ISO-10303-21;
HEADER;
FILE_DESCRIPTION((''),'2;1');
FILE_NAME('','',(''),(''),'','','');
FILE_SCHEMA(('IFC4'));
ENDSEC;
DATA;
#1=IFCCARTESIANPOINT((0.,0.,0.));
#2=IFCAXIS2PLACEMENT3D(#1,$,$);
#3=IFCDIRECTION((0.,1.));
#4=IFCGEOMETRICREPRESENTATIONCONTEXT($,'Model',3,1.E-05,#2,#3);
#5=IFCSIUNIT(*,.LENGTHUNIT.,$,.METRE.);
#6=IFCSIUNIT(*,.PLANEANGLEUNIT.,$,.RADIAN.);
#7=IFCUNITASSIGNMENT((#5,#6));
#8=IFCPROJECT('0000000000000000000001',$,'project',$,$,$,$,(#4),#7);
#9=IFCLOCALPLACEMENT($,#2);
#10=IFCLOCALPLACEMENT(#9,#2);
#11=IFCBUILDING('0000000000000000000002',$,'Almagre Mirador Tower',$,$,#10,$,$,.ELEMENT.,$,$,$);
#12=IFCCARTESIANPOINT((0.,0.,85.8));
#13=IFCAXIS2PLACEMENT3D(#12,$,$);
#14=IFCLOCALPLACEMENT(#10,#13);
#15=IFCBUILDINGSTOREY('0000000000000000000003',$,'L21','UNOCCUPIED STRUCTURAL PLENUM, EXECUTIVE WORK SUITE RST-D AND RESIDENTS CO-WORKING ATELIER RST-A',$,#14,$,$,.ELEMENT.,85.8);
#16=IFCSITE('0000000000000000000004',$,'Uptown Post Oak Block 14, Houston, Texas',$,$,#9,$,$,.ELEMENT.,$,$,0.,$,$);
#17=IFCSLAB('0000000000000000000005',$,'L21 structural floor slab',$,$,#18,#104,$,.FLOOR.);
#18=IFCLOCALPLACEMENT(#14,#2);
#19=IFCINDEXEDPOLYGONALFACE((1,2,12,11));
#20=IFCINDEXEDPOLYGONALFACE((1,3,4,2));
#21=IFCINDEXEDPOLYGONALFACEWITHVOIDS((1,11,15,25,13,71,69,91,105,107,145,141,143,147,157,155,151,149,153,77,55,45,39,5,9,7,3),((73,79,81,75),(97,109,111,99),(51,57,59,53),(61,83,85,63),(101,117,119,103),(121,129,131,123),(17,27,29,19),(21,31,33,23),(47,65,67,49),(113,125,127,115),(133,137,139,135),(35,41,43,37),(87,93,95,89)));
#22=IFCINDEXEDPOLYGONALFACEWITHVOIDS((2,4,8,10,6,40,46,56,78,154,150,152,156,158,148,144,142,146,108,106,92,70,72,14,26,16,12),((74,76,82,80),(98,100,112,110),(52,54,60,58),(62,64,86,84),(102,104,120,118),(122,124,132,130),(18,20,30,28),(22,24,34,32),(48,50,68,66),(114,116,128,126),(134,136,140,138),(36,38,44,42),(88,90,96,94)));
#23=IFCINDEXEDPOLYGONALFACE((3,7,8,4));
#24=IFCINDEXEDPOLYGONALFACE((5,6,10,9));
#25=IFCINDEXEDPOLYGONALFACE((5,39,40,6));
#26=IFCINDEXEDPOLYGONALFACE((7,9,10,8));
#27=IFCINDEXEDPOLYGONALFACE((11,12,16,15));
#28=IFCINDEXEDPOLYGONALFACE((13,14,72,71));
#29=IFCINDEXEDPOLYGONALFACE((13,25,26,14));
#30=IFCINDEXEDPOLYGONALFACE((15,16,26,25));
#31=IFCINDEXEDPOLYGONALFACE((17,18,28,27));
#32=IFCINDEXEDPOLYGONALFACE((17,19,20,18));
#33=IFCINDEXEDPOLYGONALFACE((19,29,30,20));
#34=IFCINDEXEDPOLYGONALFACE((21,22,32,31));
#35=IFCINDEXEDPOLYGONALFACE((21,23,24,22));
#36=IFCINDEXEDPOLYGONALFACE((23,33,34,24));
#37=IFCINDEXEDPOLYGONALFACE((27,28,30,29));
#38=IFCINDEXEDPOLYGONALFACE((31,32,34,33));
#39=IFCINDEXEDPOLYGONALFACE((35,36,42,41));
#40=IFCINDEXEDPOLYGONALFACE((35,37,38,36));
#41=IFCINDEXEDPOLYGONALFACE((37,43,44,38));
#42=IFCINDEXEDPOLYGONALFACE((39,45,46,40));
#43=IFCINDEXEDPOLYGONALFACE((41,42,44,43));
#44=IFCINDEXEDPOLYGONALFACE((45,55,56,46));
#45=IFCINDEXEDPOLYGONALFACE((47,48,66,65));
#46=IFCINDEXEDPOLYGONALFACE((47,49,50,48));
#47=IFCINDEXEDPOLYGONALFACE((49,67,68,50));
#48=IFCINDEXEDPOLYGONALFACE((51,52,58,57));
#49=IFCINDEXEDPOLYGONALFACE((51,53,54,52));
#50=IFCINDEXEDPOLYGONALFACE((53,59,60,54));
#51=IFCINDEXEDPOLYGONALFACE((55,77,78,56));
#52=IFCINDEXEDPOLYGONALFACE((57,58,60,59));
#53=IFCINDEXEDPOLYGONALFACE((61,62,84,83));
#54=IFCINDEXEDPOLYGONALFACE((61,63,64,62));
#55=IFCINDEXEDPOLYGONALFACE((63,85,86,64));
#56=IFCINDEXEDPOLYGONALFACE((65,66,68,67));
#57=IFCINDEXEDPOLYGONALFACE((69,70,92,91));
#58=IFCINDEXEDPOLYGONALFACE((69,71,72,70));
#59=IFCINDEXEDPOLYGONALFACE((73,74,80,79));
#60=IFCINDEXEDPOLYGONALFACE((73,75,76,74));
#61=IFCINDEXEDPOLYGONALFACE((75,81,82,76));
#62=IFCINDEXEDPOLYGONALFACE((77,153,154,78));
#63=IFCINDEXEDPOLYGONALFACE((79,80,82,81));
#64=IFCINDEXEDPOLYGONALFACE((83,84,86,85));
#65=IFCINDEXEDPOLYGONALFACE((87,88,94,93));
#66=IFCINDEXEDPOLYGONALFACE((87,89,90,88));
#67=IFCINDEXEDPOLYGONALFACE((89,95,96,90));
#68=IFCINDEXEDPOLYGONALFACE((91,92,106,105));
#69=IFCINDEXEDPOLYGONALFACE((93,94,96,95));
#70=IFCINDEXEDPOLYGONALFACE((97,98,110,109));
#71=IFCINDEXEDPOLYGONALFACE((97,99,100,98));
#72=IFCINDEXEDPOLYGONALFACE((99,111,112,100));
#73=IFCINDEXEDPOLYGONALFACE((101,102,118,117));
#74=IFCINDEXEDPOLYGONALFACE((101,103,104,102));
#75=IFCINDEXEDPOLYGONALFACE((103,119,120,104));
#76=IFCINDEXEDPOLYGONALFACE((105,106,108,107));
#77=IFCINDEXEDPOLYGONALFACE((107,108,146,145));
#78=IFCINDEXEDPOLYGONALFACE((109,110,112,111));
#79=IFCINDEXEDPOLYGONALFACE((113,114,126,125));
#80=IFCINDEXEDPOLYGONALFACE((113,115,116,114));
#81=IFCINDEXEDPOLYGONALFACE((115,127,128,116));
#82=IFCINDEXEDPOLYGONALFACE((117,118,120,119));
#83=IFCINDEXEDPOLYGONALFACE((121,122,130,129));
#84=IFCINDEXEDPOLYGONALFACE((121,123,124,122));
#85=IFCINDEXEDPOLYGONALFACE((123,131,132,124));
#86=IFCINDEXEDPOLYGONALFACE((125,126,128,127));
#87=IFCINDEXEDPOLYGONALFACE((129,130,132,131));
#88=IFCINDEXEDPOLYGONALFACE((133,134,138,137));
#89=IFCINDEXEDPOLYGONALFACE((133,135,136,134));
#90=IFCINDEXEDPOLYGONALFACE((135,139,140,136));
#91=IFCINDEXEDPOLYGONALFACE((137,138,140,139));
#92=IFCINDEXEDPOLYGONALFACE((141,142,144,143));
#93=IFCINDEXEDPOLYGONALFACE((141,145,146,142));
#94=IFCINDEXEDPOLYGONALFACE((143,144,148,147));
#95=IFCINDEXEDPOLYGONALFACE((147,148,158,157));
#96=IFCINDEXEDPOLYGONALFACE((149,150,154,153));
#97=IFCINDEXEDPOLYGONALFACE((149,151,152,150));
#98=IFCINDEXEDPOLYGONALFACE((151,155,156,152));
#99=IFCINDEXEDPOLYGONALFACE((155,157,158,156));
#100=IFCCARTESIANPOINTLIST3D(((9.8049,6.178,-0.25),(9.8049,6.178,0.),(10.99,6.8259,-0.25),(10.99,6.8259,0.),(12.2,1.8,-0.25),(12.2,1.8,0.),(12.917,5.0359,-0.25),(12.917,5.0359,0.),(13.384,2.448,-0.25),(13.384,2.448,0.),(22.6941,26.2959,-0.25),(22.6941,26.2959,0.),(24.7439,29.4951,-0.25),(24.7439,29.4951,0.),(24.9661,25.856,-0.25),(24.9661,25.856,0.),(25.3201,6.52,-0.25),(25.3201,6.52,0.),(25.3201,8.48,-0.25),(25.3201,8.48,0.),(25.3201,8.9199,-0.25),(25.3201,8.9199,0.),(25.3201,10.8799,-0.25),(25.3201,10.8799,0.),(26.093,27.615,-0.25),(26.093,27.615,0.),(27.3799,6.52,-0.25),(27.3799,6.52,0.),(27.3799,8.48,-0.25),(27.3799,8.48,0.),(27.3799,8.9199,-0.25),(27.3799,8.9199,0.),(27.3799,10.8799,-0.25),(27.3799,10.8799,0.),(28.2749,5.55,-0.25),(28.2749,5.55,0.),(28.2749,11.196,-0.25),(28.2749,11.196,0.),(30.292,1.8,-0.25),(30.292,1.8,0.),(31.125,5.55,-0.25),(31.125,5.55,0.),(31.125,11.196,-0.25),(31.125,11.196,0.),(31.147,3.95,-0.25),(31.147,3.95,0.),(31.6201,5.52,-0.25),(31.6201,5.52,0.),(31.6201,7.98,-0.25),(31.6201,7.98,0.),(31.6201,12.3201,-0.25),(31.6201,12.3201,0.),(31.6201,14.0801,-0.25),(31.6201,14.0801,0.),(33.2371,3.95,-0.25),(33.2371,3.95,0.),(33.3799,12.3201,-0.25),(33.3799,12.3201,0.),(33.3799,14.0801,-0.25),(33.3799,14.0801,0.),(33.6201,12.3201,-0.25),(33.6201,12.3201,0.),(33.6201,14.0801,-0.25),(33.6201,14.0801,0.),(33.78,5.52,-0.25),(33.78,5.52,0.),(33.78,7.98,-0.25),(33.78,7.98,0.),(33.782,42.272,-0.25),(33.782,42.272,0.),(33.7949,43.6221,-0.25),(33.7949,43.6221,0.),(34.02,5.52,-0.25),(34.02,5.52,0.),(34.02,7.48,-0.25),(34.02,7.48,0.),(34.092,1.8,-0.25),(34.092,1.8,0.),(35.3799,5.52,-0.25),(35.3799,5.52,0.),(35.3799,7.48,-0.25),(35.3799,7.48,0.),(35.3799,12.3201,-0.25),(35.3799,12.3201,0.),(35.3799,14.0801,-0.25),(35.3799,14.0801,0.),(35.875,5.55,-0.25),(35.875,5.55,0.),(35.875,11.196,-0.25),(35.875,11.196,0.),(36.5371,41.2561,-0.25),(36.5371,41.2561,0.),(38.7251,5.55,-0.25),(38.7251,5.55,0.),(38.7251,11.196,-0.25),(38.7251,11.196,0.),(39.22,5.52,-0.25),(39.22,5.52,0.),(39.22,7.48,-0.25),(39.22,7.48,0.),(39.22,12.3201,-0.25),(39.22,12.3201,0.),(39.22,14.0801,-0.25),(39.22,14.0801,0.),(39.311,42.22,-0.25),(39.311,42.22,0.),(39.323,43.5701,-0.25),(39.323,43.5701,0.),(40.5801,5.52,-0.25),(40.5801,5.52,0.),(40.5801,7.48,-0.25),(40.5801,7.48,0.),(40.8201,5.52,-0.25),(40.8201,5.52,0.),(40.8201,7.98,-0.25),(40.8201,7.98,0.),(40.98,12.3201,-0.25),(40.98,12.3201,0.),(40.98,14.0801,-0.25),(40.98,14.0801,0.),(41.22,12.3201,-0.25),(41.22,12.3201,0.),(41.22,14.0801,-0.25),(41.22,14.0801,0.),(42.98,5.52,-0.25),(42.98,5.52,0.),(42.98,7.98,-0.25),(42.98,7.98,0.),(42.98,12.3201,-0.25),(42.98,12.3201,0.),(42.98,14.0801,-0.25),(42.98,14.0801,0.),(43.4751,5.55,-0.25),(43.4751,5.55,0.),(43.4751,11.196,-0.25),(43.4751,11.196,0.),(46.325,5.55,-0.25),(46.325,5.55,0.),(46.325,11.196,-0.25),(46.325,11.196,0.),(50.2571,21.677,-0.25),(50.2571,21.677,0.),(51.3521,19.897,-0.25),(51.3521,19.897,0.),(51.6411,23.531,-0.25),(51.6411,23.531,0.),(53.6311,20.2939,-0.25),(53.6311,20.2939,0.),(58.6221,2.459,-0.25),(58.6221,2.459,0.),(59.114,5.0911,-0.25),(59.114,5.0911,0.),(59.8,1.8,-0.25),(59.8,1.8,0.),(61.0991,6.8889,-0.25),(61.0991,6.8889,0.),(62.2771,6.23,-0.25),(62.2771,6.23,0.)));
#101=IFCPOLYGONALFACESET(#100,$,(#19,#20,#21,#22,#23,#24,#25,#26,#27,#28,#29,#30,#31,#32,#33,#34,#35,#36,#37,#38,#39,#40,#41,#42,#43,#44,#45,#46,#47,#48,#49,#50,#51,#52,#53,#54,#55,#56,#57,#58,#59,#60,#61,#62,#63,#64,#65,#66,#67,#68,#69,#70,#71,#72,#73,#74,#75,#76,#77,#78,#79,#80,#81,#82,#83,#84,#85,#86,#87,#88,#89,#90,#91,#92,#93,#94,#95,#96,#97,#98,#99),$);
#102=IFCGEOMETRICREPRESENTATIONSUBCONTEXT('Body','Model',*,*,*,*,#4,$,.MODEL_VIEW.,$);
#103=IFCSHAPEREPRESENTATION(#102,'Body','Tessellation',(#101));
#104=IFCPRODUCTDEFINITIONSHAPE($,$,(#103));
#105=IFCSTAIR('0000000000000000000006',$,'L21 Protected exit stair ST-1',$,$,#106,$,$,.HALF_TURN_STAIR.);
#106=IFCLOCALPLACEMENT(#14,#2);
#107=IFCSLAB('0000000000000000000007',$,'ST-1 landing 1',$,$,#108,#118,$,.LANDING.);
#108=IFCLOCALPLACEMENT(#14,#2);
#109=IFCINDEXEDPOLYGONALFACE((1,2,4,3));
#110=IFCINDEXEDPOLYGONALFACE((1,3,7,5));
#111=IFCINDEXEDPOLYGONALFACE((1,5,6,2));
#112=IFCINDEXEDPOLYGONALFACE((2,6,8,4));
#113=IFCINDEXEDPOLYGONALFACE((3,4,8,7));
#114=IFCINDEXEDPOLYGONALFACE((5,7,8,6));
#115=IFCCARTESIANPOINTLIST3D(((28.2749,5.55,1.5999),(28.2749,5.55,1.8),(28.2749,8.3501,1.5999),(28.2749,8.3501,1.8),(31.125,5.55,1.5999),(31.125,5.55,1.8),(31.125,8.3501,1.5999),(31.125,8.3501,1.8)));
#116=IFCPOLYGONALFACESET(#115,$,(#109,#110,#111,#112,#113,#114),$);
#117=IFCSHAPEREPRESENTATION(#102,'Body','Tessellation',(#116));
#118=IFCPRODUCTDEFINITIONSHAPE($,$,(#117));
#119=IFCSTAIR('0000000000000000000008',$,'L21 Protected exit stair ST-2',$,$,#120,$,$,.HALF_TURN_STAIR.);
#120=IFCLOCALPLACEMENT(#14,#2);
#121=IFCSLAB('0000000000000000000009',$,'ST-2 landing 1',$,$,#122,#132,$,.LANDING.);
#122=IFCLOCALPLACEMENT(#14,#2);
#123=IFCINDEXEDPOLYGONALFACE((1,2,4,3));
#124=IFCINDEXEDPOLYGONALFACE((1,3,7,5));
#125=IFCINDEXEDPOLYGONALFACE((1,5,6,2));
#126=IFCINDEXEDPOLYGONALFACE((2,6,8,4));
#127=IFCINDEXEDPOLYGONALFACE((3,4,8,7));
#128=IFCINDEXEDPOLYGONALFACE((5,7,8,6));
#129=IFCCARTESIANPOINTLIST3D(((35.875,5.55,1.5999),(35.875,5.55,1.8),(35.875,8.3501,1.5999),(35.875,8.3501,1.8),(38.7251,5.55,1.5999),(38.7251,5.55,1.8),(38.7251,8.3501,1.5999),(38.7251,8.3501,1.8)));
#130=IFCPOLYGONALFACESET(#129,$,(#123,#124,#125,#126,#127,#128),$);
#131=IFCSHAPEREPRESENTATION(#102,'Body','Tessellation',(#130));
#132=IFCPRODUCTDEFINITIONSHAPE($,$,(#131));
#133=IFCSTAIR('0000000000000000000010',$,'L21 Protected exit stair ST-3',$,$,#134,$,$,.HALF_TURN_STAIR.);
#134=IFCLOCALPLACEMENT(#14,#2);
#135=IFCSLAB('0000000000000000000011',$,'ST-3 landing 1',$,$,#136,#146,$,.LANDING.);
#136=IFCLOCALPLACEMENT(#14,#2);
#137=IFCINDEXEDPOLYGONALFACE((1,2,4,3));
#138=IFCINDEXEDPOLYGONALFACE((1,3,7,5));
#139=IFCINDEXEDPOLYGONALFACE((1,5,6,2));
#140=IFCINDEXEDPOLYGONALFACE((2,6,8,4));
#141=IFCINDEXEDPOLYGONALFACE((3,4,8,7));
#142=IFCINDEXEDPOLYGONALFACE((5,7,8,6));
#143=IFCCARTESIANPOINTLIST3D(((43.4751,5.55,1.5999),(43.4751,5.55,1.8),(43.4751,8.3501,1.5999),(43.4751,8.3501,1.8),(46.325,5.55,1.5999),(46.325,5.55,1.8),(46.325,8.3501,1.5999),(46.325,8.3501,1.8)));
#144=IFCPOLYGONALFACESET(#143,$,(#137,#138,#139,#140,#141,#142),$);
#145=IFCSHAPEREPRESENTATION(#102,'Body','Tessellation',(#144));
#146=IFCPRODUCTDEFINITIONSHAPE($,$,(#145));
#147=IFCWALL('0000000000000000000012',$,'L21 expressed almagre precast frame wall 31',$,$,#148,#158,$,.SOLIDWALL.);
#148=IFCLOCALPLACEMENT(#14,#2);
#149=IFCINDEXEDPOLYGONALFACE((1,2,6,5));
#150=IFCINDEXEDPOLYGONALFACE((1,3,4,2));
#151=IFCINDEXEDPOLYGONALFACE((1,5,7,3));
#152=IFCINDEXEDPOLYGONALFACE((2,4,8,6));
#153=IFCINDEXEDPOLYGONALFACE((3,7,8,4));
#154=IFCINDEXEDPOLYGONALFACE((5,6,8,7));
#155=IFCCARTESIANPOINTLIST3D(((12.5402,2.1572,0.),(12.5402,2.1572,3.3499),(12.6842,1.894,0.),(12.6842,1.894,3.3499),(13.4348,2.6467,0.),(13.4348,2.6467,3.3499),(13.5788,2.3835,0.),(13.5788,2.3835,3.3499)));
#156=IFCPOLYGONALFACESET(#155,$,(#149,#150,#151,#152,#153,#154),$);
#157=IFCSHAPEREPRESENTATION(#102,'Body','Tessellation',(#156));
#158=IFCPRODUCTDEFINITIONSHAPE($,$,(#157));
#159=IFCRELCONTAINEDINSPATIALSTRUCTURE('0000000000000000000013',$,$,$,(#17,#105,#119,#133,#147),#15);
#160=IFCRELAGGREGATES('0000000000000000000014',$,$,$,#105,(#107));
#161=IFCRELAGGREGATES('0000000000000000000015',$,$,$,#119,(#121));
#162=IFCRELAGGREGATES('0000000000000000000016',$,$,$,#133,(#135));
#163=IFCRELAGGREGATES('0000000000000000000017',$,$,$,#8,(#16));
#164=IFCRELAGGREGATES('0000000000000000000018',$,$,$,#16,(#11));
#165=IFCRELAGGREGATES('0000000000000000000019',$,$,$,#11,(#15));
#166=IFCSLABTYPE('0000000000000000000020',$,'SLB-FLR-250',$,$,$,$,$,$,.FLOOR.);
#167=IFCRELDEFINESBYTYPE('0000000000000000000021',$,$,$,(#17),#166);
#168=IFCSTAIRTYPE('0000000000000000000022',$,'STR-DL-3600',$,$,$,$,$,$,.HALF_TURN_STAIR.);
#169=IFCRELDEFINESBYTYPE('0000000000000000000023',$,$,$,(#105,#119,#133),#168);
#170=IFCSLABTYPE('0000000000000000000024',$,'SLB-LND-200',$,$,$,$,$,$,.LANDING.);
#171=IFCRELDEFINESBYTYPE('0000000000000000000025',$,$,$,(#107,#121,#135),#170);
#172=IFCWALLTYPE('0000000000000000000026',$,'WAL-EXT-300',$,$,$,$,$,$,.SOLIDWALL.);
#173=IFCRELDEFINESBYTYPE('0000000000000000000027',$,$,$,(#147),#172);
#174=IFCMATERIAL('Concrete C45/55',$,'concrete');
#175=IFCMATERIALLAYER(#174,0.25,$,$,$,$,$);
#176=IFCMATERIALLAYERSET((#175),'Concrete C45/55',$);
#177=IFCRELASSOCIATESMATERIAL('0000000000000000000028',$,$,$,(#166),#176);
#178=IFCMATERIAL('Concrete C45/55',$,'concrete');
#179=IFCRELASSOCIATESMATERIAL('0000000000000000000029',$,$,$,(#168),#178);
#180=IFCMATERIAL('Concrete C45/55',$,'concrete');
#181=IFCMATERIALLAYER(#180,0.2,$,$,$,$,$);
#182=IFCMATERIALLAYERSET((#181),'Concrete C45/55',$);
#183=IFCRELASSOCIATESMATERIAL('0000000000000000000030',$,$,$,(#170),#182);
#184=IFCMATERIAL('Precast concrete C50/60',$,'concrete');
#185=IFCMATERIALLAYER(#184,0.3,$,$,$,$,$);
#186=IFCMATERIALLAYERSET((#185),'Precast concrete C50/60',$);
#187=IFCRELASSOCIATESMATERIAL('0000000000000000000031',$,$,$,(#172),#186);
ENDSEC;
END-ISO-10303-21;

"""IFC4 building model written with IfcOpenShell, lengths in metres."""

from ifc_helpers import new_model, si_unit, direction, frame, frame_2d, origin, place, context, subcontext, project, spatial, polyline, rectangle, outline, extrude, material, layer, layer_set, type_object, element, aggregate, save


model = new_model("IFC4")

# Units and contexts
model_context = context("Model", 3, precision=1e-05, world=origin(), true_north=direction((0.0, 1.0)))
body_context = subcontext(model_context, "Body", "Model", "MODEL_VIEW")
ifc_project = project(units=[si_unit("LENGTHUNIT", "METRE"), si_unit("PLANEANGLEUNIT", "RADIAN")], contexts=[model_context])

# Site, building, storey
site_placement = place(None, origin())
site = spatial("IfcSite", under=ifc_project, at=site_placement, Name="Uptown Post Oak Block 14, Houston, Texas", CompositionType="ELEMENT", RefElevation=0.0)
building_placement = place(site_placement, origin())
building = spatial("IfcBuilding", under=site, at=building_placement, Name="Almagre Mirador Tower", CompositionType="ELEMENT")
storey_placement = place(building_placement, frame((0.0, 0.0, 85.8)))
storey = spatial("IfcBuildingStorey", under=building, at=storey_placement, Name="L21", Description="UNOCCUPIED STRUCTURAL PLENUM, EXECUTIVE WORK SUITE RST-D AND RESIDENTS CO-WORKING ATELIER RST-A", CompositionType="ELEMENT", Elevation=85.8)

# Slab
ifc_material_1 = material(Name="Concrete C45/55", Category="concrete")
ifc_layer_1 = layer(ifc_material_1, 0.25)
ifc_layer_set_1 = layer_set([ifc_layer_1], Name="Concrete C45/55")
slab_type_1 = type_object("IfcSlabType", Name="SLB-FLR-250", PredefinedType="FLOOR", material=ifc_layer_set_1)
slab_1_placement = place(storey_placement, frame((0.0, 0.0, -0.25)))
element("IfcSlab", 1, at=slab_1_placement, inside=storey, type_object=slab_type_1, Name="L21 structural floor slab", PredefinedType="FLOOR", context=body_context, shape_type="SweptSolid", body=[
    extrude(outline(polyline([(9.8049, 6.178), (10.99, 6.8259), (12.917, 5.0359), (13.384, 2.448), (12.2, 1.8), (30.292, 1.8), (31.147, 3.95), (33.2371, 3.95), (34.092, 1.8), (59.8, 1.8), (58.6221, 2.459), (59.114, 5.0911), (61.0991, 6.8889), (62.2771, 6.23), (53.6311, 20.2939), (51.3521, 19.897), (50.2571, 21.677), (51.6411, 23.531), (39.323, 43.5701), (39.311, 42.22), (36.5371, 41.2561), (33.782, 42.272), (33.7949, 43.6221), (24.7439, 29.4951), (26.093, 27.615), (24.9661, 25.856), (22.6941, 26.2959), (9.8049, 6.178)]), holes=[polyline([(43.4751, 11.196), (46.325, 11.196), (46.325, 5.55), (43.4751, 5.55), (43.4751, 11.196)]), polyline([(40.8201, 5.52), (40.8201, 7.98), (42.98, 7.98), (42.98, 5.52), (40.8201, 5.52)]), polyline([(41.22, 12.3201), (41.22, 14.0801), (42.98, 14.0801), (42.98, 12.3201), (41.22, 12.3201)]), polyline([(39.22, 12.3201), (39.22, 14.0801), (40.98, 14.0801), (40.98, 12.3201), (39.22, 12.3201)]), polyline([(39.22, 5.52), (39.22, 7.48), (40.5801, 7.48), (40.5801, 5.52), (39.22, 5.52)]), polyline([(35.875, 11.196), (38.7251, 11.196), (38.7251, 5.55), (35.875, 5.55), (35.875, 11.196)]), polyline([(35.3799, 5.52), (34.02, 5.52), (34.02, 7.48), (35.3799, 7.48), (35.3799, 5.52)]), polyline([(35.3799, 12.3201), (33.6201, 12.3201), (33.6201, 14.0801), (35.3799, 14.0801), (35.3799, 12.3201)]), polyline([(31.6201, 5.52), (31.6201, 7.98), (33.78, 7.98), (33.78, 5.52), (31.6201, 5.52)]), polyline([(31.6201, 12.3201), (31.6201, 14.0801), (33.3799, 14.0801), (33.3799, 12.3201), (31.6201, 12.3201)]), polyline([(28.2749, 5.55), (28.2749, 11.196), (31.125, 11.196), (31.125, 5.55), (28.2749, 5.55)]), polyline([(25.3201, 6.52), (25.3201, 8.48), (27.3799, 8.48), (27.3799, 6.52), (25.3201, 6.52)]), polyline([(25.3201, 8.9199), (25.3201, 10.8799), (27.3799, 10.8799), (27.3799, 8.9199), (25.3201, 8.9199)])]), origin(), (0.0, 0.0, 1.0), 0.25),
])

# Stairs, slabs
ifc_material_2 = material(Name="Concrete C45/55", Category="concrete")
stair_type = type_object("IfcStairType", Name="STR-DL-3600", PredefinedType="HALF_TURN_STAIR", material=ifc_material_2)
stair_1_placement = place(storey_placement, origin())
stair_1 = element("IfcStair", 2, at=stair_1_placement, inside=storey, type_object=stair_type, Name="L21 Protected exit stair ST-1", PredefinedType="HALF_TURN_STAIR")
ifc_material_3 = material(Name="Concrete C45/55", Category="concrete")
ifc_layer_2 = layer(ifc_material_3, 0.2)
ifc_layer_set_2 = layer_set([ifc_layer_2], Name="Concrete C45/55")
slab_type_2 = type_object("IfcSlabType", Name="SLB-LND-200", PredefinedType="LANDING", material=ifc_layer_set_2)
slab_2_placement = place(storey_placement, frame((0.0, 0.0, 1.5999)))
slab_2 = element("IfcSlab", 3, at=slab_2_placement, type_object=slab_type_2, Name="ST-1 landing 1", PredefinedType="LANDING", context=body_context, shape_type="SweptSolid", body=[
    extrude(outline(polyline([(28.2749, 8.3501), (28.2749, 5.55), (31.125, 5.55), (31.125, 8.3501), (28.2749, 8.3501)])), origin(), (0.0, 0.0, 1.0), 0.2002),
])
aggregate(stair_1, [slab_2])
stair_2_placement = place(storey_placement, origin())
stair_2 = element("IfcStair", 4, at=stair_2_placement, inside=storey, type_object=stair_type, Name="L21 Protected exit stair ST-2", PredefinedType="HALF_TURN_STAIR")
slab_3_placement = place(storey_placement, frame((0.0, 0.0, 1.5999)))
slab_3 = element("IfcSlab", 5, at=slab_3_placement, type_object=slab_type_2, Name="ST-2 landing 1", PredefinedType="LANDING", context=body_context, shape_type="SweptSolid", body=[
    extrude(outline(polyline([(35.875, 8.3501), (35.875, 5.55), (38.7251, 5.55), (38.7251, 8.3501), (35.875, 8.3501)])), origin(), (0.0, 0.0, 1.0), 0.2002),
])
aggregate(stair_2, [slab_3])
stair_3_placement = place(storey_placement, origin())
stair_3 = element("IfcStair", 6, at=stair_3_placement, inside=storey, type_object=stair_type, Name="L21 Protected exit stair ST-3", PredefinedType="HALF_TURN_STAIR")
slab_4_placement = place(storey_placement, frame((0.0, 0.0, 1.5999)))
slab_4 = element("IfcSlab", 7, at=slab_4_placement, type_object=slab_type_2, Name="ST-3 landing 1", PredefinedType="LANDING", context=body_context, shape_type="SweptSolid", body=[
    extrude(outline(polyline([(43.4751, 8.3501), (43.4751, 5.55), (46.325, 5.55), (46.325, 8.3501), (43.4751, 8.3501)])), origin(), (0.0, 0.0, 1.0), 0.2002),
])
aggregate(stair_3, [slab_4])

# Wall
ifc_material_4 = material(Name="Precast concrete C50/60", Category="concrete")
ifc_layer_3 = layer(ifc_material_4, 0.3)
ifc_layer_set_3 = layer_set([ifc_layer_3], Name="Precast concrete C50/60")
wall_type_1 = type_object("IfcWallType", Name="WAL-EXT-300", PredefinedType="SOLIDWALL", material=ifc_layer_set_3)
wall_1_placement = place(storey_placement, frame((12.6123, 2.0256, 0.0), z_axis=(0.0, 0.0, 1.0), x_axis=(0.877245, 0.480043, 0.0)))
element("IfcWall", 8, at=wall_1_placement, inside=storey, type_object=wall_type_1, Name="L21 expressed almagre precast frame wall 31", PredefinedType="SOLIDWALL", context=body_context, shape_type="SweptSolid", body=[
    extrude(rectangle(XDim=1.0198, YDim=0.3, at=frame_2d((0.5098, 0.0))), origin(), (0.0, 0.0, 1.0), 3.3499),
])

save(model, "model.ifc")
